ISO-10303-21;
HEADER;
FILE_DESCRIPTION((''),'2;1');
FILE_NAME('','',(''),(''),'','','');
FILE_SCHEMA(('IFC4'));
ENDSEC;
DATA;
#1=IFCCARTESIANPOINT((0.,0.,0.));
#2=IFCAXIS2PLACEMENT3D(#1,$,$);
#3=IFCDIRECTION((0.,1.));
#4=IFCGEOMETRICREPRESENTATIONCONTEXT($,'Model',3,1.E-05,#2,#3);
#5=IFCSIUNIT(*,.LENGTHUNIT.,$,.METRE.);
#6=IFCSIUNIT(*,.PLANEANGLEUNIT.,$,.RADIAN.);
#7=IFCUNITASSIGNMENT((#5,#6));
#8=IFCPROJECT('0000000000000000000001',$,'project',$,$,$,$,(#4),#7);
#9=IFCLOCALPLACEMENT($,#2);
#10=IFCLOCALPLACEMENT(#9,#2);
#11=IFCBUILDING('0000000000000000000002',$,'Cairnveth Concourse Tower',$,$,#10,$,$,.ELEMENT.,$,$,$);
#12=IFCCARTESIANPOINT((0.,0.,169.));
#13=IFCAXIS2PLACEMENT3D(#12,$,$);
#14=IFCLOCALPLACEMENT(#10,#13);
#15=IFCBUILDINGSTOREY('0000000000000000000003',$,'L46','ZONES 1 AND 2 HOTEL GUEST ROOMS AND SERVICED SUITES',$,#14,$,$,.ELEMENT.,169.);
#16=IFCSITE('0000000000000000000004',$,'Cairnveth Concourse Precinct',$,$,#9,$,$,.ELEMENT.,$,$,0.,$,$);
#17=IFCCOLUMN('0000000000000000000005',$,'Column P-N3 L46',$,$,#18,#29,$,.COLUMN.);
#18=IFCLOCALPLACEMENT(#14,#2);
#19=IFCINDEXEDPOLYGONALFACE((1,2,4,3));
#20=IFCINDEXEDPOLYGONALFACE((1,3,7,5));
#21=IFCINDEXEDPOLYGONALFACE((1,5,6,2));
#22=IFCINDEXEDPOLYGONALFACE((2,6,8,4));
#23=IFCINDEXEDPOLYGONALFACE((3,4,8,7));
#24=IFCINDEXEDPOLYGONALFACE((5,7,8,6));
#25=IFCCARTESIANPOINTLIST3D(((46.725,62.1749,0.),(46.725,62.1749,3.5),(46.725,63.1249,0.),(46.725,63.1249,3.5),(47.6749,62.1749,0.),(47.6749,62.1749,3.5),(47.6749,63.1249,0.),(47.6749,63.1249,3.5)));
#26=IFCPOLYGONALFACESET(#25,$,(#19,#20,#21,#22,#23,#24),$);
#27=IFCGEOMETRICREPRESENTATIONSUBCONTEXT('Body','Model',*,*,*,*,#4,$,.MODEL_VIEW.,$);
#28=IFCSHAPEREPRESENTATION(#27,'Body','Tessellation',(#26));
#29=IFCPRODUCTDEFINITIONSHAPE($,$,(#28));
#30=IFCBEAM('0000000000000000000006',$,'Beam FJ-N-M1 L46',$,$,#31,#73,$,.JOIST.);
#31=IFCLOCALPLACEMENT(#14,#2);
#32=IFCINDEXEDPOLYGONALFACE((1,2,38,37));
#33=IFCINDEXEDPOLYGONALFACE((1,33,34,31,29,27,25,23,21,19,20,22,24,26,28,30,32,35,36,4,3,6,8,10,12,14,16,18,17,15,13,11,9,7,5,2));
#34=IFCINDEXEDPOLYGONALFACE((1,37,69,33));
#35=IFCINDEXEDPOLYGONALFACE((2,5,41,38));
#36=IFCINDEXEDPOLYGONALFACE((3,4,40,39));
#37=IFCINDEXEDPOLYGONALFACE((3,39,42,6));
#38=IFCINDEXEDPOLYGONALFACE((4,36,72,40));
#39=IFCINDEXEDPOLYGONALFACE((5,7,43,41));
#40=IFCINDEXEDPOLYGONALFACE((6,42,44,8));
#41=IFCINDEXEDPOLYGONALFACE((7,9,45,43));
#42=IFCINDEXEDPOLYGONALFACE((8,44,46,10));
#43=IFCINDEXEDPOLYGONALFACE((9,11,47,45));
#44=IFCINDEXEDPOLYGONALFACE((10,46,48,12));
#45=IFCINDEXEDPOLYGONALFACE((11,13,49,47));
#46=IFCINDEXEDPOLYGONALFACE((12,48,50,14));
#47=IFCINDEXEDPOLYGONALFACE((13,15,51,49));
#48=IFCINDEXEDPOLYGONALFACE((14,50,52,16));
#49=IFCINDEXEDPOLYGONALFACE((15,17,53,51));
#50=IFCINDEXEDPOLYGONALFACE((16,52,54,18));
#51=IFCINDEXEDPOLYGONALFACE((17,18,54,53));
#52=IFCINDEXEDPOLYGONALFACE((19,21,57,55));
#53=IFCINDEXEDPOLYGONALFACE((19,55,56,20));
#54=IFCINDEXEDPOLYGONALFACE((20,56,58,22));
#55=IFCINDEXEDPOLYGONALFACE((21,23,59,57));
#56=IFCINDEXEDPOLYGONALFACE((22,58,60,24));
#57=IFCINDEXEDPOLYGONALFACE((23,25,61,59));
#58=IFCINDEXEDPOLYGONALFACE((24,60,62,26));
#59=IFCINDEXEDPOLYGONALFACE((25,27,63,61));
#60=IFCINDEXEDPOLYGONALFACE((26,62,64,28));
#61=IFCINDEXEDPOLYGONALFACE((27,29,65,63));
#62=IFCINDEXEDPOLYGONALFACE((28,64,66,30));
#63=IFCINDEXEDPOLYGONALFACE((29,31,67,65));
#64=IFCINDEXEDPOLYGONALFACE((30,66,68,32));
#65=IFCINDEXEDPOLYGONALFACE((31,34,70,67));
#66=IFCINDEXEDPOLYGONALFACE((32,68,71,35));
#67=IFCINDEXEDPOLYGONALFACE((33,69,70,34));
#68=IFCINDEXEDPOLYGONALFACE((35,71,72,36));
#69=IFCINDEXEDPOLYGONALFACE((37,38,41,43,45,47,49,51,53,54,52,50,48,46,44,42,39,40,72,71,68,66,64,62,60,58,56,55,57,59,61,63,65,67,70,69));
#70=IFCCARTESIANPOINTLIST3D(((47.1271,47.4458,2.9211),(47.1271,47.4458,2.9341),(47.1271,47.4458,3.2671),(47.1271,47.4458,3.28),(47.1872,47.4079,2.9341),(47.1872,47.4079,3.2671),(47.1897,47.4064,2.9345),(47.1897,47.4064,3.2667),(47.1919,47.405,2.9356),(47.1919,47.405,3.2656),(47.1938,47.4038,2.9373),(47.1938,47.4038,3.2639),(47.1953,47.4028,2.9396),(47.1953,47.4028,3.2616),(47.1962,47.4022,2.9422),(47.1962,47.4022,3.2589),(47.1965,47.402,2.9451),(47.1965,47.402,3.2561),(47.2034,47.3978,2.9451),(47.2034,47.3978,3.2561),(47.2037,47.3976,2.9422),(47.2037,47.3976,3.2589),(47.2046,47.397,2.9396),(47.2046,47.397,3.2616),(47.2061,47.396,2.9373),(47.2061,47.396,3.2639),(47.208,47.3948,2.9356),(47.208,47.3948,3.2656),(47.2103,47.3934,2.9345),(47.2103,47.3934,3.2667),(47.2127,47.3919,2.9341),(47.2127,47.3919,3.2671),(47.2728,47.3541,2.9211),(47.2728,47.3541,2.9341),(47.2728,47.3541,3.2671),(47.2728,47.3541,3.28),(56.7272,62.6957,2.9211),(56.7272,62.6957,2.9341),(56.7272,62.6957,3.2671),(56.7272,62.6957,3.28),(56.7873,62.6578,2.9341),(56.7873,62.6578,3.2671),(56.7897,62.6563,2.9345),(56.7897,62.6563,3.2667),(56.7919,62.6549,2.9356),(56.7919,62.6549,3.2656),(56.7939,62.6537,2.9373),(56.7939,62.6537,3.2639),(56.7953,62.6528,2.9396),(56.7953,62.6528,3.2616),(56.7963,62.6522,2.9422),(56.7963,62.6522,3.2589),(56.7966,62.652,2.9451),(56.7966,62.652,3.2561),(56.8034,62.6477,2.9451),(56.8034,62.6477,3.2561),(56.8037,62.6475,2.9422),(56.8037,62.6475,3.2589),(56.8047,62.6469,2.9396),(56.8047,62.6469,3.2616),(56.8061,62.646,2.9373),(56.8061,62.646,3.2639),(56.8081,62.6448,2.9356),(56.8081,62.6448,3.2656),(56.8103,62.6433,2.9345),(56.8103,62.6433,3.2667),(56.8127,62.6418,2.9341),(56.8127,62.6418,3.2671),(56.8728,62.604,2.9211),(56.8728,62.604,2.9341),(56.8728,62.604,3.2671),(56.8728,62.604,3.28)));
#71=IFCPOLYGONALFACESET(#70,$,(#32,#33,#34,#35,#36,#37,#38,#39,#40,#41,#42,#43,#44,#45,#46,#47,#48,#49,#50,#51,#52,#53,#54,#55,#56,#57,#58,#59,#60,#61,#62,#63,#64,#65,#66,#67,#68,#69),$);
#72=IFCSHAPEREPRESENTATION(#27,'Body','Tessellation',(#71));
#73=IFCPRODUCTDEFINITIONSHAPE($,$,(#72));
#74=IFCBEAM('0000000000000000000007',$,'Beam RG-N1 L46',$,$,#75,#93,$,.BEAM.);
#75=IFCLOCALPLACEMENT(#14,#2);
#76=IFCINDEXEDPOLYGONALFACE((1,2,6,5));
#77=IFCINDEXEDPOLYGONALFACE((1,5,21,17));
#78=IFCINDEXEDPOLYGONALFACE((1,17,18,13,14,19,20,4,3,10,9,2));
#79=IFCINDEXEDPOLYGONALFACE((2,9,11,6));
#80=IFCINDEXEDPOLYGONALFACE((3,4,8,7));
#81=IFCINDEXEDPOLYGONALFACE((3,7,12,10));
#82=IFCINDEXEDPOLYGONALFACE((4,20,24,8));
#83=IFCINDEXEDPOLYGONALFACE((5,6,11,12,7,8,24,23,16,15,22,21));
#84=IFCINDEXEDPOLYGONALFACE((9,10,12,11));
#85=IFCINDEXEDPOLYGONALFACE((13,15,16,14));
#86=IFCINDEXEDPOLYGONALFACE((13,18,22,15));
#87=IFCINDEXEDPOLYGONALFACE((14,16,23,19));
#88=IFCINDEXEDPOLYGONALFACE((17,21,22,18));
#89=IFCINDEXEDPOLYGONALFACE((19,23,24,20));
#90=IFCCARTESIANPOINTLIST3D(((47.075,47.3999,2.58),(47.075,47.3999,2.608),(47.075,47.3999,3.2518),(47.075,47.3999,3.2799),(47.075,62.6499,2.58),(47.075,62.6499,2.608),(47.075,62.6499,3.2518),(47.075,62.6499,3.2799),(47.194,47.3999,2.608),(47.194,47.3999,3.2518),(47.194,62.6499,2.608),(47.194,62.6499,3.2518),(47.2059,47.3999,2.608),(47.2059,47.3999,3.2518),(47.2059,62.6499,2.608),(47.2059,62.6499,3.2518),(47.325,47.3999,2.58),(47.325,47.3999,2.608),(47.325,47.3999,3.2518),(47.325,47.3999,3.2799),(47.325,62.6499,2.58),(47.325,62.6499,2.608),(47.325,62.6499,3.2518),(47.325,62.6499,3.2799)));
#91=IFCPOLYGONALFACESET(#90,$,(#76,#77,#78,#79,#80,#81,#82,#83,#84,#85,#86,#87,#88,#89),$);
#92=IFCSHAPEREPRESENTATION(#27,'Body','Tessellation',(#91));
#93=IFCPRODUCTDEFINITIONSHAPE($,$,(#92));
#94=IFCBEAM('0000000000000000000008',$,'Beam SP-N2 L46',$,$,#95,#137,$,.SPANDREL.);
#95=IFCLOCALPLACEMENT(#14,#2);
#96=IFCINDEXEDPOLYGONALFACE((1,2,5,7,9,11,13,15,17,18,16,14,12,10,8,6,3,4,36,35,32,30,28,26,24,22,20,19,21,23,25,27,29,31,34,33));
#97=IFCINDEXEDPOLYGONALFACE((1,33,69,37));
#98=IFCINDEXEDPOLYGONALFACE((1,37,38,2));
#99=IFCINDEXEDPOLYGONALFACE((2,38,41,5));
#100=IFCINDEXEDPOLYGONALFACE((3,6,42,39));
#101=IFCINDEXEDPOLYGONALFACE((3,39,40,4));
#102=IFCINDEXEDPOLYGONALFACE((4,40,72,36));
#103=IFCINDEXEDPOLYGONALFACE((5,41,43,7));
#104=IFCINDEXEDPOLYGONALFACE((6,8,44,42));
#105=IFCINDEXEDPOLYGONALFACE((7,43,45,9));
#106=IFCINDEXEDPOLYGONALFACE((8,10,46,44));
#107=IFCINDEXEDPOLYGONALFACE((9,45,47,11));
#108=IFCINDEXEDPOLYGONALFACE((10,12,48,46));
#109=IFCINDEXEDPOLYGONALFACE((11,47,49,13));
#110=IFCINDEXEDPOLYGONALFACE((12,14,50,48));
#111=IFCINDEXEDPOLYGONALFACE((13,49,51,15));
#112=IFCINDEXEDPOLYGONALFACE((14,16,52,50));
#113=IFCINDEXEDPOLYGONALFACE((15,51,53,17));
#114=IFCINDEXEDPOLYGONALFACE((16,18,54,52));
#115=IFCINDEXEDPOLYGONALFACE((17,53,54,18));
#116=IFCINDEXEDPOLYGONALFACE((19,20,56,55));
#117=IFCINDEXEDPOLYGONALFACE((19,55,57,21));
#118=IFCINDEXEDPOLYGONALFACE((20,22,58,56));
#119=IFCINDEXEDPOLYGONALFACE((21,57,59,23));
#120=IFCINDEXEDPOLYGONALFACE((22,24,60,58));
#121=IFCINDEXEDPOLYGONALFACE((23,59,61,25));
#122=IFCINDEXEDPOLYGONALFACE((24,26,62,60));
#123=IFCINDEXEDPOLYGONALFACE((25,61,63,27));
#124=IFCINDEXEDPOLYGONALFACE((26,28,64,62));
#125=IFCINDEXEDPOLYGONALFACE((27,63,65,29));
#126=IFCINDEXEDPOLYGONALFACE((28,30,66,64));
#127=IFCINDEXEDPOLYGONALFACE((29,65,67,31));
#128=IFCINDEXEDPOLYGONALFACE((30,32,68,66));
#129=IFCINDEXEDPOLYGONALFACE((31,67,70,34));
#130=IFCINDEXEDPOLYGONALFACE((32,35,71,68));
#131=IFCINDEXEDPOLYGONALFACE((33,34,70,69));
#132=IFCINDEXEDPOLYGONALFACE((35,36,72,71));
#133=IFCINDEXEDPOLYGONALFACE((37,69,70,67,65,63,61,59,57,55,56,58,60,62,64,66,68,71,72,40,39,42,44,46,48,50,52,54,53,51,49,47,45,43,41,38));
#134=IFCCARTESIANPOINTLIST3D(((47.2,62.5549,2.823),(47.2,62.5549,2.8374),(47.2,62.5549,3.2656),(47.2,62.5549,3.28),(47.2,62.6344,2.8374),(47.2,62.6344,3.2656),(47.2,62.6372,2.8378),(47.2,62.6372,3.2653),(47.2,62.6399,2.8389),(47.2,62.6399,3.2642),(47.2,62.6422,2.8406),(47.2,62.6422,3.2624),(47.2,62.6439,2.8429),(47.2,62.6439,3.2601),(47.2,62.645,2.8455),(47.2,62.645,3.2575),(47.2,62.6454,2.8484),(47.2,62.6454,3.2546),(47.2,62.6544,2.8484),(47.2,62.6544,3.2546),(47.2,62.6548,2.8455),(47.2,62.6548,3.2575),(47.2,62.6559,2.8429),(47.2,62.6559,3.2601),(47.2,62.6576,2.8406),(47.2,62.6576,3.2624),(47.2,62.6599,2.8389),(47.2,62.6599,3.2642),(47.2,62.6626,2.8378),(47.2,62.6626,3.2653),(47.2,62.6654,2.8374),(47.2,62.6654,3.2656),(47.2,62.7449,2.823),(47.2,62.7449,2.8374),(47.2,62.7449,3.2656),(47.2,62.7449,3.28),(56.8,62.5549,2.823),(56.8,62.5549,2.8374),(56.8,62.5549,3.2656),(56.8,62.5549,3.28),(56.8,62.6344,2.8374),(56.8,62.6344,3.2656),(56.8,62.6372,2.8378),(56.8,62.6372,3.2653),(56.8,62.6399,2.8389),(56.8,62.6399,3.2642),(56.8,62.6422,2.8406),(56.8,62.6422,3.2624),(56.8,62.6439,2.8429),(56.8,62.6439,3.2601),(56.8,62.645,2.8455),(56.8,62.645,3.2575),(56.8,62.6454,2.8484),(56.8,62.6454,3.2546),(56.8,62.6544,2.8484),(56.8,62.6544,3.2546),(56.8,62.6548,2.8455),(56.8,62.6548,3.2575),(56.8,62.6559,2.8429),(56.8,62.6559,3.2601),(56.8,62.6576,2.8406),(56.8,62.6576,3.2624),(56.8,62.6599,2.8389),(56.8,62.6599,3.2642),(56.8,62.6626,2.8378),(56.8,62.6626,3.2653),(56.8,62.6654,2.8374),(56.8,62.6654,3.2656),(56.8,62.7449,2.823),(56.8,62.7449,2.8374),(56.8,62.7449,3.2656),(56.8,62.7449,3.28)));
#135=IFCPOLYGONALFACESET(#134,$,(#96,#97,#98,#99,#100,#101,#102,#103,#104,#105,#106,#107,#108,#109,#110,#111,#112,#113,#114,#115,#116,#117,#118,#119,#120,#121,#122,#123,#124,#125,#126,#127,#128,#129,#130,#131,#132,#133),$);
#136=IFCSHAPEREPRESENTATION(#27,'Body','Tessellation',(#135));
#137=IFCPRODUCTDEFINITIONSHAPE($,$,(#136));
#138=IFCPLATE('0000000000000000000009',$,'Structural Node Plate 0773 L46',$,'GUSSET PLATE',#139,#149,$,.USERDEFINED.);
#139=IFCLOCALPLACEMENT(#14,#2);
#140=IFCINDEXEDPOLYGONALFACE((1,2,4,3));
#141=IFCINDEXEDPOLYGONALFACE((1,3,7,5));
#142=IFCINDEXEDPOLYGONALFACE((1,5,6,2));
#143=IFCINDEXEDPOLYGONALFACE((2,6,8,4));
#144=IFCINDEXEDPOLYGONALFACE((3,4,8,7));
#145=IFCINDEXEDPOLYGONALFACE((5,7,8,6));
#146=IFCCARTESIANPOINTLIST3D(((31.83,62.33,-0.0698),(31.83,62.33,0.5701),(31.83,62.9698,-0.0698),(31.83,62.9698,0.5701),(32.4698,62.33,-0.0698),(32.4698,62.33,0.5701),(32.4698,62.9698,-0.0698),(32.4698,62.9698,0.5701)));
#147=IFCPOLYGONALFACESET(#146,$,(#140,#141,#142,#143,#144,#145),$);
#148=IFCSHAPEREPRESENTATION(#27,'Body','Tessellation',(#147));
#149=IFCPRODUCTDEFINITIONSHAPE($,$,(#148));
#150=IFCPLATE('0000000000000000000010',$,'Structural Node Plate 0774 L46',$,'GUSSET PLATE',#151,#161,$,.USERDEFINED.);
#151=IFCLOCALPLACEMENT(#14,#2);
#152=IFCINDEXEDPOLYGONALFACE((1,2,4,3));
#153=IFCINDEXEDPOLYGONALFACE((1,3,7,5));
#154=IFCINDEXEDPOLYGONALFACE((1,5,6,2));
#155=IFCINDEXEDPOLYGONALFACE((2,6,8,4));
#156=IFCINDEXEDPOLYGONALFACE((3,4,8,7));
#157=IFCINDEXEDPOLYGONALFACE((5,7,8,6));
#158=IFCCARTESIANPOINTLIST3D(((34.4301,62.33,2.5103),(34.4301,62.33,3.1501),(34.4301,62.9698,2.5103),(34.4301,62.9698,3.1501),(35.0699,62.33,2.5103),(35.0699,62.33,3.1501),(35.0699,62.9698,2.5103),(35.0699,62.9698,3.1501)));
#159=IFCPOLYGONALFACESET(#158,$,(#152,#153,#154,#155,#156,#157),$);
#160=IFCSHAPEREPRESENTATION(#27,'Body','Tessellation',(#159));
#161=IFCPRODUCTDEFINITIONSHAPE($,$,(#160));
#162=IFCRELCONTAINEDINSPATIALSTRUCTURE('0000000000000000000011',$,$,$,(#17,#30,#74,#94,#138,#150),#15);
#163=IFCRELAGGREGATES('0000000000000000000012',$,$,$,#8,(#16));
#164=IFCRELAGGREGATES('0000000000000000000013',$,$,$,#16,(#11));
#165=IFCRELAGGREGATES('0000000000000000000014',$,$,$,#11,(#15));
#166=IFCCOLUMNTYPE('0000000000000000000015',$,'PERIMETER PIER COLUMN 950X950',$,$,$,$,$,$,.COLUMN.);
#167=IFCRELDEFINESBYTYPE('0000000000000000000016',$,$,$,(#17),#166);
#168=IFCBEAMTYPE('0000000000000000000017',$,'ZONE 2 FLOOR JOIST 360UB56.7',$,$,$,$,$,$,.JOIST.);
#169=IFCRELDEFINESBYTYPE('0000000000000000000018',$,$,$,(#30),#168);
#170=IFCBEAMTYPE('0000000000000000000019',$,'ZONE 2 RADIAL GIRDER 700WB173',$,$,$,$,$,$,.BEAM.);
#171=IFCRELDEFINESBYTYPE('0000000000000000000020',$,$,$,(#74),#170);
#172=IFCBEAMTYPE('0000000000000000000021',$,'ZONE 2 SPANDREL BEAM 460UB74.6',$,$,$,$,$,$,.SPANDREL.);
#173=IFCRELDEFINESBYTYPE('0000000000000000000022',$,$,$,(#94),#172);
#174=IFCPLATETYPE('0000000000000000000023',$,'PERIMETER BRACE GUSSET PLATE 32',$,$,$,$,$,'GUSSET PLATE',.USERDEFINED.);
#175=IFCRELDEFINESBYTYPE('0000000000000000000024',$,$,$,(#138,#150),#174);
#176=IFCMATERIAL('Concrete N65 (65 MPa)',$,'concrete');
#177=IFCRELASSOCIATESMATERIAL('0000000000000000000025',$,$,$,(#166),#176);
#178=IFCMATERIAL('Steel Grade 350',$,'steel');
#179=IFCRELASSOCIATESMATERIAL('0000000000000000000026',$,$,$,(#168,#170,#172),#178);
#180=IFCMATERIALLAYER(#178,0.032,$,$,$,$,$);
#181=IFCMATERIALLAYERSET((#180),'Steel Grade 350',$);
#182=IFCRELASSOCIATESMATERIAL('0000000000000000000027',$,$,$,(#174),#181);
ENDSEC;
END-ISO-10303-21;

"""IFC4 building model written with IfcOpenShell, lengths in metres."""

from ifc_helpers import new_model, si_unit, direction, frame, origin, origin_2d, place, context, subcontext, project, spatial, rectangle, i_section, extrude, material, layer, layer_set, material_profile, profile_set, type_object, element, save


model = new_model("IFC4")

# Units and contexts
model_context = context("Model", 3, precision=1e-05, world=origin(), true_north=direction((0.0, 1.0)))
body_context = subcontext(model_context, "Body", "Model", "MODEL_VIEW")
ifc_project = project(units=[si_unit("LENGTHUNIT", "METRE"), si_unit("PLANEANGLEUNIT", "RADIAN")], contexts=[model_context])

# Site, building, storey
site_placement = place(None, origin())
site = spatial("IfcSite", under=ifc_project, at=site_placement, Name="Cairnveth Concourse Precinct", CompositionType="ELEMENT", RefElevation=0.0)
building_placement = place(site_placement, origin())
building = spatial("IfcBuilding", under=site, at=building_placement, Name="Cairnveth Concourse Tower", CompositionType="ELEMENT")
storey_placement = place(building_placement, frame((0.0, 0.0, 169.0)))
storey = spatial("IfcBuildingStorey", under=building, at=storey_placement, Name="L46", Description="ZONES 1 AND 2 HOTEL GUEST ROOMS AND SERVICED SUITES", CompositionType="ELEMENT", Elevation=169.0)

# Column
ifc_material_1 = material(Name="Concrete N65 (65 MPa)", Category="concrete")
ifc_material_profile_1 = material_profile(ifc_material_1, rectangle(XDim=0.95, YDim=0.95, at=origin_2d()), Name="RC-COL-950x950")
ifc_profile_set_1 = profile_set([ifc_material_profile_1], Name="Concrete N65 (65 MPa)")
column_type = type_object("IfcColumnType", Name="PERIMETER PIER COLUMN 950X950", PredefinedType="COLUMN", material=ifc_profile_set_1)
column_placement = place(storey_placement, frame((47.2, 62.6499, 0.0), z_axis=(0.0, 0.0, 1.0), x_axis=(1.0, 0.0, 0.0)))
element("IfcColumn", 1, at=column_placement, inside=storey, type_object=column_type, Name="Column P-N3 L46", PredefinedType="COLUMN", context=body_context, shape_type="SweptSolid", body=[
    extrude(rectangle(XDim=0.95, YDim=0.95, at=origin_2d()), origin(), (0.0, 0.0, 1.0), 3.5),
])

# Beams
ifc_material_2 = material(Name="Steel Grade 350", Category="steel")
ifc_material_profile_2 = material_profile(ifc_material_2, i_section(OverallWidth=0.1721, OverallDepth=0.3589, WebThickness=0.0081, FlangeThickness=0.0129, FilletRadius=0.011, at=origin_2d()), Name="360UB56.7")
ifc_profile_set_2 = profile_set([ifc_material_profile_2], Name="Steel Grade 350")
beam_type_1 = type_object("IfcBeamType", Name="ZONE 2 FLOOR JOIST 360UB56.7", PredefinedType="JOIST", material=ifc_profile_set_2)
beam_1_placement = place(storey_placement, frame((47.2, 47.3999, 3.1006), z_axis=(0.532744, 0.846277, 0.0), x_axis=(-0.846277, 0.532744, 0.0)))
element("IfcBeam", 2, at=beam_1_placement, inside=storey, type_object=beam_type_1, Name="Beam FJ-N-M1 L46", PredefinedType="JOIST", context=body_context, shape_type="SweptSolid", body=[
    extrude(i_section(OverallWidth=0.1721, OverallDepth=0.3589, WebThickness=0.0081, FlangeThickness=0.0129, FilletRadius=0.011, at=origin_2d()), origin(), (0.0, 0.0, 1.0), 18.02),
])
ifc_material_profile_3 = material_profile(ifc_material_2, i_section(OverallWidth=0.25, OverallDepth=0.7, WebThickness=0.012, FlangeThickness=0.0281, at=origin_2d()), Name="700WB173")
ifc_profile_set_3 = profile_set([ifc_material_profile_3], Name="Steel Grade 350")
beam_type_2 = type_object("IfcBeamType", Name="ZONE 2 RADIAL GIRDER 700WB173", PredefinedType="BEAM", material=ifc_profile_set_3)
beam_2_placement = place(storey_placement, frame((47.2, 47.3999, 2.9299), z_axis=(0.0, 1.0, 0.0), x_axis=(-1.0, 0.0, 0.0)))
element("IfcBeam", 3, at=beam_2_placement, inside=storey, type_object=beam_type_2, Name="Beam RG-N1 L46", PredefinedType="BEAM", context=body_context, shape_type="SweptSolid", body=[
    extrude(i_section(OverallWidth=0.25, OverallDepth=0.7, WebThickness=0.012, FlangeThickness=0.0281, at=origin_2d()), origin(), (0.0, 0.0, 1.0), 15.25),
])
ifc_material_profile_4 = material_profile(ifc_material_2, i_section(OverallWidth=0.1899, OverallDepth=0.457, WebThickness=0.009, FlangeThickness=0.0144, FilletRadius=0.011, at=origin_2d()), Name="460UB74.6")
ifc_profile_set_4 = profile_set([ifc_material_profile_4], Name="Steel Grade 350")
beam_type_3 = type_object("IfcBeamType", Name="ZONE 2 SPANDREL BEAM 460UB74.6", PredefinedType="SPANDREL", material=ifc_profile_set_4)
beam_3_placement = place(storey_placement, frame((47.2, 62.6499, 3.0515), z_axis=(1.0, 0.0, 0.0), x_axis=(0.0, 1.0, 0.0)))
element("IfcBeam", 4, at=beam_3_placement, inside=storey, type_object=beam_type_3, Name="Beam SP-N2 L46", PredefinedType="SPANDREL", context=body_context, shape_type="SweptSolid", body=[
    extrude(i_section(OverallWidth=0.1899, OverallDepth=0.457, WebThickness=0.009, FlangeThickness=0.0144, FilletRadius=0.011, at=origin_2d()), origin(), (0.0, 0.0, 1.0), 9.6001),
])

# Plates
ifc_layer_1 = layer(ifc_material_2, 0.032)
ifc_layer_set_1 = layer_set([ifc_layer_1], Name="Steel Grade 350")
plate_type = type_object("IfcPlateType", Name="PERIMETER BRACE GUSSET PLATE 32", ElementType="GUSSET PLATE", PredefinedType="USERDEFINED", material=ifc_layer_set_1)
for number, where, z_axis, x_axis, name in (
    (5, (32.1499, 62.6499, -0.0698), (0.0, 0.0, 1.0), (1.0, 0.0, 0.0), "Structural Node Plate 0773 L46"),
    (6, (34.75, 62.6499, 2.5103), (0.0, 0.0, 1.0), (1.0, 0.0, 0.0), "Structural Node Plate 0774 L46"),
):
    element("IfcPlate", number, at=place(storey_placement, frame(where, z_axis=z_axis, x_axis=x_axis)), inside=storey, type_object=plate_type, Name=name, ObjectType="GUSSET PLATE", PredefinedType="USERDEFINED", context=body_context, shape_type="SweptSolid", body=[
        extrude(rectangle(XDim=0.6399, YDim=0.6399, at=origin_2d()), origin(), (0.0, 0.0, 1.0), 0.6399),
    ])

save(model, "model.ifc")
